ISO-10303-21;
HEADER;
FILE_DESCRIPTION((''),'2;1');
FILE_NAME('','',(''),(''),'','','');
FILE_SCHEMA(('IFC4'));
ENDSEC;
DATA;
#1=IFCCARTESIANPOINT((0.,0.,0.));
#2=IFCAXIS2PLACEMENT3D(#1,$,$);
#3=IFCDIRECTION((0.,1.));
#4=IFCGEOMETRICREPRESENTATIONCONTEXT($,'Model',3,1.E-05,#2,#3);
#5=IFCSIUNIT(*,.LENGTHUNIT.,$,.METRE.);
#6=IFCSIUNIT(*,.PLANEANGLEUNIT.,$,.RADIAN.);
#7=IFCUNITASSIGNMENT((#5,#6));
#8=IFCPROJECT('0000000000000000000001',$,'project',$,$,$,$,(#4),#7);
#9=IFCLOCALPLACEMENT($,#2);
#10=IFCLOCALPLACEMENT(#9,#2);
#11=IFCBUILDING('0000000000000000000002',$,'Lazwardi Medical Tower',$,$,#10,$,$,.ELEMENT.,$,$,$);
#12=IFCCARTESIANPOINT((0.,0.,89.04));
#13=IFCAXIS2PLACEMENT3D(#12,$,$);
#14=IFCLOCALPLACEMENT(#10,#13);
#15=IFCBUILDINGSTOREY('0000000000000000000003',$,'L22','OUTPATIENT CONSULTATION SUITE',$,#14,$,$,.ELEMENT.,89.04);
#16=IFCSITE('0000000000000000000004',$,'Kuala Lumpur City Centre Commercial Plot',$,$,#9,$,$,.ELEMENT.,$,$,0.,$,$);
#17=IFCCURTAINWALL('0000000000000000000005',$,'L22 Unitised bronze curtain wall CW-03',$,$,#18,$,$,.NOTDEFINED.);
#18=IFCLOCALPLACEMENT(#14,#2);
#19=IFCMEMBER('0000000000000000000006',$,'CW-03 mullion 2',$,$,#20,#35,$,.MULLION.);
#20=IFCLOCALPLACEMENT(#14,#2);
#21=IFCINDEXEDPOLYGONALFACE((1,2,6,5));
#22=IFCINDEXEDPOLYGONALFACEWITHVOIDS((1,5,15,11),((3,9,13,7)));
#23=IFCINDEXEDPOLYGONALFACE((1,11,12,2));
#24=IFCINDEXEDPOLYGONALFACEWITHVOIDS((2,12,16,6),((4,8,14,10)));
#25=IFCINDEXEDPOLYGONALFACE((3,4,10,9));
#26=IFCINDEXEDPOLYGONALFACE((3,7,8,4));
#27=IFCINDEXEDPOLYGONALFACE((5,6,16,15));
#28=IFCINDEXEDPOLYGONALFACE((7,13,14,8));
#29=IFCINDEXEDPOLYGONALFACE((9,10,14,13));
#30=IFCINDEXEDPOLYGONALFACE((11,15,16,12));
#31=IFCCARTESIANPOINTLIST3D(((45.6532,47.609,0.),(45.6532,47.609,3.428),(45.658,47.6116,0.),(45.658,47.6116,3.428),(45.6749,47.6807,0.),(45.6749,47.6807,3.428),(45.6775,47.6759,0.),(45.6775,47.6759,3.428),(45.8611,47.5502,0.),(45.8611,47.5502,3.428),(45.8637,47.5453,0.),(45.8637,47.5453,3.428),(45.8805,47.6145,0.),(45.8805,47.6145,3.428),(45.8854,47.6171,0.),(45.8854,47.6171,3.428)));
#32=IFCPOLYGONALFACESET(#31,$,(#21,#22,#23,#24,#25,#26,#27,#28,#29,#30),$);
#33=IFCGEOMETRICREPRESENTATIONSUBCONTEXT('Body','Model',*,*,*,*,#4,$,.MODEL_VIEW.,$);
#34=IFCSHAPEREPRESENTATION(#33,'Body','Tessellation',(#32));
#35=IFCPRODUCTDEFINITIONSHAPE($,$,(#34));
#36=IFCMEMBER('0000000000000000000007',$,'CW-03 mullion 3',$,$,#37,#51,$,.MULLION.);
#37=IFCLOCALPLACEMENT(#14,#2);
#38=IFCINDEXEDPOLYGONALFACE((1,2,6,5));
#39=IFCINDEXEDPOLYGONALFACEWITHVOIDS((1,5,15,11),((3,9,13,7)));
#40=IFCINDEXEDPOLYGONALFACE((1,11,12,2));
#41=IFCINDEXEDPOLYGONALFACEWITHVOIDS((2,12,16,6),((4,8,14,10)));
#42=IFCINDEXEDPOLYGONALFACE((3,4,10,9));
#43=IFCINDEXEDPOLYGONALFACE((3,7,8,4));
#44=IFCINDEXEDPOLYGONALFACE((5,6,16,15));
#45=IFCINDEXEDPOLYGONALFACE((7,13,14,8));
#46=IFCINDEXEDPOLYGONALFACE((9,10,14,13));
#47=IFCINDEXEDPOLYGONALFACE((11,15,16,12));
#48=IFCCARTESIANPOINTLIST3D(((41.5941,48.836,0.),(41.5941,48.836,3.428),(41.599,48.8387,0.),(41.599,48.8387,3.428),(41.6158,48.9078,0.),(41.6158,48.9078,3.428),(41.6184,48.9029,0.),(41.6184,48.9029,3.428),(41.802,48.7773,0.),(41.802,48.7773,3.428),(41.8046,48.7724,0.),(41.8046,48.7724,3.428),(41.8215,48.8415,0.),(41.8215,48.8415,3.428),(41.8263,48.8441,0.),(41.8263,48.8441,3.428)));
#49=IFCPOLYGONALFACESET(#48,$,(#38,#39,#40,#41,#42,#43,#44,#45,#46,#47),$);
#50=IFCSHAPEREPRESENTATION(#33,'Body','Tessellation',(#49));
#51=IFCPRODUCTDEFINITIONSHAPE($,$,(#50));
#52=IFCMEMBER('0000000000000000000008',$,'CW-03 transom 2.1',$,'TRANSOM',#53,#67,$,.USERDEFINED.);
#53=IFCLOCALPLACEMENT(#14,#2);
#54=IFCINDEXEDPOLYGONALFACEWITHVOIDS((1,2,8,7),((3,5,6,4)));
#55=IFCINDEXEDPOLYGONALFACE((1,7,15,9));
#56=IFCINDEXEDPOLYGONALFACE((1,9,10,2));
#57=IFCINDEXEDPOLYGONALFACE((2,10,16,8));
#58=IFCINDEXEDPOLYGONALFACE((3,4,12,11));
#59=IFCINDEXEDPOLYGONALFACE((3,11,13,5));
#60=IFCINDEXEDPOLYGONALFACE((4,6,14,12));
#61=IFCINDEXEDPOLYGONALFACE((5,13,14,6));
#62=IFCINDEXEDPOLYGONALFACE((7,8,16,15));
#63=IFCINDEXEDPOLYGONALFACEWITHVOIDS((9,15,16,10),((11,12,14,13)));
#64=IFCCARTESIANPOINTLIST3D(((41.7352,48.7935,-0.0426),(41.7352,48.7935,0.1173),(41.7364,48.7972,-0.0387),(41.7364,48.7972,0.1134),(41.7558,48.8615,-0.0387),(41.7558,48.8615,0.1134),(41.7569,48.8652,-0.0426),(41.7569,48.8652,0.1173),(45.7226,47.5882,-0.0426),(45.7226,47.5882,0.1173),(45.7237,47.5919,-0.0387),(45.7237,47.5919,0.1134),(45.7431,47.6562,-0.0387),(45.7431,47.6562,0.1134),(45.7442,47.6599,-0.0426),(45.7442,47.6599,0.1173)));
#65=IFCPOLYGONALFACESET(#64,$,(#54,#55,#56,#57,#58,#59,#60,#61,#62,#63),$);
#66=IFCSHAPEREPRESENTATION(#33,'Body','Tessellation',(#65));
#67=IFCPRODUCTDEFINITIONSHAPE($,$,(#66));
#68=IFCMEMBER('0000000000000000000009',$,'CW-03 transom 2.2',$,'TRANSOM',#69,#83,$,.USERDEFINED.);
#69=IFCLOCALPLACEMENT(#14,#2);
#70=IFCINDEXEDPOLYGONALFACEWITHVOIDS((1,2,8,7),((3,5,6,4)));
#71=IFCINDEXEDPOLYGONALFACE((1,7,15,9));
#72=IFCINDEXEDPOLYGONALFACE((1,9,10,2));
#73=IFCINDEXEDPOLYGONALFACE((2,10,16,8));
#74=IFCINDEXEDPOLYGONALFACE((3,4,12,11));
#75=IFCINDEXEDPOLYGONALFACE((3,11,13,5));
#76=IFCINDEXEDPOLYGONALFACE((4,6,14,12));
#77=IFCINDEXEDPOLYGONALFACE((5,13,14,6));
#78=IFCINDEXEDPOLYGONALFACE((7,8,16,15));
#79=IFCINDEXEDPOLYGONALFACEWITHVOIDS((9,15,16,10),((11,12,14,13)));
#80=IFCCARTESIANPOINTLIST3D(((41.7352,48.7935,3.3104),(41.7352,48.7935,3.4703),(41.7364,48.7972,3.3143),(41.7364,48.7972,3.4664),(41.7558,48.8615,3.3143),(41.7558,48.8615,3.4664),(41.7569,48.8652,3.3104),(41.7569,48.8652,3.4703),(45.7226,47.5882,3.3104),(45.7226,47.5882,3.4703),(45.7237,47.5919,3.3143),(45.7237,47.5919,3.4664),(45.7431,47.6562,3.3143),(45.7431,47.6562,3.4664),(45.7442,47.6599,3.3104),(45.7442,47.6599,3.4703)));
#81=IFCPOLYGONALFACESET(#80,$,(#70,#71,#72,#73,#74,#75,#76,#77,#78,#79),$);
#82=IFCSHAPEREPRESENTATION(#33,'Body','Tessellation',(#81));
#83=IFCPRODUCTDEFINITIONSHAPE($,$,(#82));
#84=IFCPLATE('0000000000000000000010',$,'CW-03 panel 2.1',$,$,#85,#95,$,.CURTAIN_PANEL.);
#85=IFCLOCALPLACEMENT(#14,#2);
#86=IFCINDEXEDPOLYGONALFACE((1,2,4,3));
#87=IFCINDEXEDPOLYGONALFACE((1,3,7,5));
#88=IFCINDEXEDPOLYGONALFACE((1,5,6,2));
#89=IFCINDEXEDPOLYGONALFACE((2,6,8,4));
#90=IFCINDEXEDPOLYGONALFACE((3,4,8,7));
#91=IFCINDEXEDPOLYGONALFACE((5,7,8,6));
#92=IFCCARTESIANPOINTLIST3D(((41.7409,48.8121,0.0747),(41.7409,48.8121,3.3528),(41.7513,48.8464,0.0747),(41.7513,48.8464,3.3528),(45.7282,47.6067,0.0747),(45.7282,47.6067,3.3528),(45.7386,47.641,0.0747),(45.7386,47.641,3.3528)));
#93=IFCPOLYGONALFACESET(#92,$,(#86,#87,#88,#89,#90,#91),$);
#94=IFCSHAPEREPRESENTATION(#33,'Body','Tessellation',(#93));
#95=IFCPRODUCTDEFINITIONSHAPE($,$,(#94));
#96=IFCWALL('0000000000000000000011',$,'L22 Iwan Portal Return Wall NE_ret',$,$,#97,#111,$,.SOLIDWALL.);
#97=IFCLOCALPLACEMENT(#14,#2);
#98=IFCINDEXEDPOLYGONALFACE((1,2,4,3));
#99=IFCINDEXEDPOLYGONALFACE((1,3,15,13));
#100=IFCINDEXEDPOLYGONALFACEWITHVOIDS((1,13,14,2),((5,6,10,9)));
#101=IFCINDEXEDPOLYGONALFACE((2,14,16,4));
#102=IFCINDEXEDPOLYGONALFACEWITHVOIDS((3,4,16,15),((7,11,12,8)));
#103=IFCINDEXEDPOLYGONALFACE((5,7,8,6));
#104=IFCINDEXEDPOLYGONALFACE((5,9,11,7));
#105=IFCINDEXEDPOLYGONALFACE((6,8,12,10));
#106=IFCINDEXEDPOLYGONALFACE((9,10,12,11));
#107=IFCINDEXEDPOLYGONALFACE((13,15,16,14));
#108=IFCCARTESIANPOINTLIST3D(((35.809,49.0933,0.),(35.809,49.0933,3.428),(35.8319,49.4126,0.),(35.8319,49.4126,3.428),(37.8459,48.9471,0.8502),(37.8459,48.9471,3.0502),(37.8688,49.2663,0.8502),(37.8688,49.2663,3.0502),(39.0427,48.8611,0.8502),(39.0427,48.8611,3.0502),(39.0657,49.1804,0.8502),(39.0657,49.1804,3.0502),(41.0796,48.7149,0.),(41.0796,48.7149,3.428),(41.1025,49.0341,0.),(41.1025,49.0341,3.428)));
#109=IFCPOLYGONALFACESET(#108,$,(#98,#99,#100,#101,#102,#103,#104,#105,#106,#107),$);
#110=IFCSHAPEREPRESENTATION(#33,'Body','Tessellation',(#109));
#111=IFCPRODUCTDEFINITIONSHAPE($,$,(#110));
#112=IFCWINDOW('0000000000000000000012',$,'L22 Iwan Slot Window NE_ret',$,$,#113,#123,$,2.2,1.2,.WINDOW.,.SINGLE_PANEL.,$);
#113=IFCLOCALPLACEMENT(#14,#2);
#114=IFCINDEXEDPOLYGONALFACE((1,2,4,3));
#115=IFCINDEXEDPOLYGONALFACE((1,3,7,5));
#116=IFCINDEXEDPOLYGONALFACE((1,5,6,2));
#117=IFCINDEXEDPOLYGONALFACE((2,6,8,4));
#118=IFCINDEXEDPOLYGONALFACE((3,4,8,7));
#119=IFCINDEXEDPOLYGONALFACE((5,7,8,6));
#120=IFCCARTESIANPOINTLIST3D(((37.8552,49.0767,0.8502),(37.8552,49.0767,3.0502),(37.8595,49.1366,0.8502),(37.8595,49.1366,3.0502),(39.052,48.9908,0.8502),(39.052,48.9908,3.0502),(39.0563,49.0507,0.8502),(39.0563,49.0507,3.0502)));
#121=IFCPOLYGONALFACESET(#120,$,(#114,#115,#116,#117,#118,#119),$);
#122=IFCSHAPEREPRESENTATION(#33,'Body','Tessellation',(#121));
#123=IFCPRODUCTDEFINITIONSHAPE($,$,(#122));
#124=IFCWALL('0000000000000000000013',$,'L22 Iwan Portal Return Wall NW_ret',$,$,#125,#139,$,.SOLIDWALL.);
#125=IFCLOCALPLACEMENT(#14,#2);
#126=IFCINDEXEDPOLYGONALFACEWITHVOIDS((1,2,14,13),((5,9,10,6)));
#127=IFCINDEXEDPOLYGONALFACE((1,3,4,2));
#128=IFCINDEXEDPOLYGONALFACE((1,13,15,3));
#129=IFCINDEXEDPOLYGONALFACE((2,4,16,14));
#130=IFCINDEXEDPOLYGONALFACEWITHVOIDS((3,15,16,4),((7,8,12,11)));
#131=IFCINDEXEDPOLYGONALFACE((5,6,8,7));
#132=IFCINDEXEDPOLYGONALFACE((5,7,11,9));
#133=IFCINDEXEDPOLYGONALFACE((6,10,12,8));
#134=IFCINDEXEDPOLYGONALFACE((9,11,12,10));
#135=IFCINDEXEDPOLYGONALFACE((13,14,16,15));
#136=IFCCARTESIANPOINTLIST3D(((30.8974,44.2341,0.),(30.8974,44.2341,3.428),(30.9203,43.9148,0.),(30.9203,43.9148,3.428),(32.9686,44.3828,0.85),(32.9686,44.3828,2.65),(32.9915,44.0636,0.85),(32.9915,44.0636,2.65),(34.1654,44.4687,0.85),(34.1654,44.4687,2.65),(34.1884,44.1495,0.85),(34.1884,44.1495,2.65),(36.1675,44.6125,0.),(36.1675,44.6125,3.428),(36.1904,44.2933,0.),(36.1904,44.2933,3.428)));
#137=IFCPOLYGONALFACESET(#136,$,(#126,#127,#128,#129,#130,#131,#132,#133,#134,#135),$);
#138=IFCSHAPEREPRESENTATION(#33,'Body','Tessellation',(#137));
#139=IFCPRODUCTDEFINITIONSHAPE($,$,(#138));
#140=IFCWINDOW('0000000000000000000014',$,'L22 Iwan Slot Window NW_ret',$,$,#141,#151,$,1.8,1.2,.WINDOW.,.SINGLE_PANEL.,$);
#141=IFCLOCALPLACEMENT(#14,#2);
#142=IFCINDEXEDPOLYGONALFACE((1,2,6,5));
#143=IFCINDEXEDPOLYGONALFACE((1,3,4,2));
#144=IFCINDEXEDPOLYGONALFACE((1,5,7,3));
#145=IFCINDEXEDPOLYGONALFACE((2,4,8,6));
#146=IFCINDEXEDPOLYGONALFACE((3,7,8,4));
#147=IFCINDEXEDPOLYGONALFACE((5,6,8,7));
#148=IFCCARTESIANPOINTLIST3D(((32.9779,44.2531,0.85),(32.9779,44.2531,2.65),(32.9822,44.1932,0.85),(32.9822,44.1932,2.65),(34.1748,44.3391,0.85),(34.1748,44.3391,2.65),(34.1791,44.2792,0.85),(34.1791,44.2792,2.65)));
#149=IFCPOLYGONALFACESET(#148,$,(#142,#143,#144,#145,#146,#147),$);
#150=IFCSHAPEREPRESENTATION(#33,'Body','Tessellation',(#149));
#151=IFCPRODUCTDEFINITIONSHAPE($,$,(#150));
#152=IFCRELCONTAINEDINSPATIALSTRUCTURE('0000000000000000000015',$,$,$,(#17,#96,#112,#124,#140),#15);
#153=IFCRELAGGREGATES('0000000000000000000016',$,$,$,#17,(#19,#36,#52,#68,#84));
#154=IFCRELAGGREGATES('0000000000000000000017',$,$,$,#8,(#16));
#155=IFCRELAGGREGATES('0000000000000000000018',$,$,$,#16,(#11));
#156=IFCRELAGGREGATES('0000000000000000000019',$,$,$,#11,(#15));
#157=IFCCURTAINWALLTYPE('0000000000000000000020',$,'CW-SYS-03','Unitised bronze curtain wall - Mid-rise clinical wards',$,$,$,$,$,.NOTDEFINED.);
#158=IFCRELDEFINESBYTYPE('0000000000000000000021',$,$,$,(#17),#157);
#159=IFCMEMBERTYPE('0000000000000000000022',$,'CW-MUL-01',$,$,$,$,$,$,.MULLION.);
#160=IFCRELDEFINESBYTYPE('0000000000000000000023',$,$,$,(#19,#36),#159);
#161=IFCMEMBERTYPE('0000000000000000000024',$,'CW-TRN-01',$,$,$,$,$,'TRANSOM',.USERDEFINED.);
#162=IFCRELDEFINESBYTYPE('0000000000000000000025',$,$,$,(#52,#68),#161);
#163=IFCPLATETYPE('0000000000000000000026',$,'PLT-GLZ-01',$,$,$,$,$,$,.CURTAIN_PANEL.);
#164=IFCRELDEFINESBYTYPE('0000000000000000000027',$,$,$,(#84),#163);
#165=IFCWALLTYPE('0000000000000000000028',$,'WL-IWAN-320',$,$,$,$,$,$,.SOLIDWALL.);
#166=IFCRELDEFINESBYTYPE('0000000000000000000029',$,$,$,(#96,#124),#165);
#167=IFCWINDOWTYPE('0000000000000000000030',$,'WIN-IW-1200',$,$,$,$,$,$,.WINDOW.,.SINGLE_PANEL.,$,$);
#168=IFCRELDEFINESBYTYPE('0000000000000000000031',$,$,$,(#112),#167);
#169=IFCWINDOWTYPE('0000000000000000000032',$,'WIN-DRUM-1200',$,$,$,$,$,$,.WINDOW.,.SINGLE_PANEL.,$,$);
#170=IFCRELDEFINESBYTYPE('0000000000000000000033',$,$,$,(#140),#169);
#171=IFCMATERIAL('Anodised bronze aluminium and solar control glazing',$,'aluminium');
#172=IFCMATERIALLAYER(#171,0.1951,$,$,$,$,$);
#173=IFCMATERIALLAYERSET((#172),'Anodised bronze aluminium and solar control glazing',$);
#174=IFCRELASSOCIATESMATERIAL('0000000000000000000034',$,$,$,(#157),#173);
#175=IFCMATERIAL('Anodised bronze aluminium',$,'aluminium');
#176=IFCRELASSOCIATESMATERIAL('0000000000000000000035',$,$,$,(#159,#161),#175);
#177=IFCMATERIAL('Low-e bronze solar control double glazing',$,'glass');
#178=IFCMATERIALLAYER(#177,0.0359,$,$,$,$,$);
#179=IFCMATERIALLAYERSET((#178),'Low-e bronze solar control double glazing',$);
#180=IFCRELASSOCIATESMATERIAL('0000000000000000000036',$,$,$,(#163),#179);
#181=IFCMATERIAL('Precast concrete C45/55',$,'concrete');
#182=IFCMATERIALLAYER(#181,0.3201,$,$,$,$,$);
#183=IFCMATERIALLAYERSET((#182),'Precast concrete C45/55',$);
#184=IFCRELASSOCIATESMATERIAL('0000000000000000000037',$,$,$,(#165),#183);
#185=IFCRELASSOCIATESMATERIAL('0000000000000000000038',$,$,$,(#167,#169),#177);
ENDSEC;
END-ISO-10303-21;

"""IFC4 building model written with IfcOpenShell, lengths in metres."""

from ifc_helpers import new_model, si_unit, direction, frame, frame_2d, origin, origin_2d, place, context, subcontext, project, spatial, rectangle, hollow_rectangle, extrude, material, layer, layer_set, material_profile, profile_set, type_object, element, fill, aggregate, save


model = new_model("IFC4")

# Units and contexts
model_context = context("Model", 3, precision=1e-05, world=origin(), true_north=direction((0.0, 1.0)))
body_context = subcontext(model_context, "Body", "Model", "MODEL_VIEW")
ifc_project = project(units=[si_unit("LENGTHUNIT", "METRE"), si_unit("PLANEANGLEUNIT", "RADIAN")], contexts=[model_context])

# Site, building, storey
site_placement = place(None, origin())
site = spatial("IfcSite", under=ifc_project, at=site_placement, Name="Kuala Lumpur City Centre Commercial Plot", CompositionType="ELEMENT", RefElevation=0.0)
building_placement = place(site_placement, origin())
building = spatial("IfcBuilding", under=site, at=building_placement, Name="Lazwardi Medical Tower", CompositionType="ELEMENT")
storey_placement = place(building_placement, frame((0.0, 0.0, 89.04)))
storey = spatial("IfcBuildingStorey", under=building, at=storey_placement, Name="L22", Description="OUTPATIENT CONSULTATION SUITE", CompositionType="ELEMENT", Elevation=89.04)

# Curtain wall, members, plate
ifc_material_1 = material(Name="Anodised bronze aluminium and solar control glazing", Category="aluminium")
ifc_layer_1 = layer(ifc_material_1, 0.1951)
ifc_layer_set_1 = layer_set([ifc_layer_1], Name="Anodised bronze aluminium and solar control glazing")
curtain_wall_type = type_object("IfcCurtainWallType", Name="CW-SYS-03", Description="Unitised bronze curtain wall - Mid-rise clinical wards", PredefinedType="NOTDEFINED", material=ifc_layer_set_1)
curtain_wall_placement = place(storey_placement, origin())
curtain_wall = element("IfcCurtainWall", 1, at=curtain_wall_placement, inside=storey, type_object=curtain_wall_type, Name="L22 Unitised bronze curtain wall CW-03", PredefinedType="NOTDEFINED")
ifc_material_2 = material(Name="Anodised bronze aluminium", Category="aluminium")
ifc_material_profile_1 = material_profile(ifc_material_2, hollow_rectangle(XDim=0.075, YDim=0.22, WallThickness=0.0039, at=origin_2d()), Name="ALU-MULLION 220x75x4")
ifc_profile_set_1 = profile_set([ifc_material_profile_1], Name="Anodised bronze aluminium")
member_type_1 = type_object("IfcMemberType", Name="CW-MUL-01", PredefinedType="MULLION", material=ifc_profile_set_1)
member_1_placement = place(storey_placement, frame((45.7693, 47.613, 0.0), z_axis=(0.0, 0.0, 1.0), x_axis=(-0.289374, -0.957216, 0.0)))
member_1 = element("IfcMember", 2, at=member_1_placement, type_object=member_type_1, Name="CW-03 mullion 2", PredefinedType="MULLION", context=body_context, shape_type="SweptSolid", body=[
    extrude(hollow_rectangle(XDim=0.075, YDim=0.22, WallThickness=0.0039, at=origin_2d()), origin(), (0.0, 0.0, 1.0), 3.428),
])
member_2_placement = place(storey_placement, frame((41.7102, 48.8401, 0.0), z_axis=(0.0, 0.0, 1.0), x_axis=(-0.289374, -0.957216, 0.0)))
member_2 = element("IfcMember", 3, at=member_2_placement, type_object=member_type_1, Name="CW-03 mullion 3", PredefinedType="MULLION", context=body_context, shape_type="SweptSolid", body=[
    extrude(hollow_rectangle(XDim=0.075, YDim=0.22, WallThickness=0.0039, at=origin_2d()), origin(), (0.0, 0.0, 1.0), 3.428),
])
ifc_material_profile_2 = material_profile(ifc_material_2, hollow_rectangle(XDim=0.075, YDim=0.1599, WallThickness=0.0039, at=origin_2d()), Name="ALU-TRANSOM 160x75x4")
ifc_profile_set_2 = profile_set([ifc_material_profile_2], Name="Anodised bronze aluminium")
member_type_2 = type_object("IfcMemberType", Name="CW-TRN-01", ElementType="TRANSOM", PredefinedType="USERDEFINED", material=ifc_profile_set_2)
member_3_placement = place(storey_placement, frame((45.7334, 47.624, 0.0374), z_axis=(-0.957221, 0.289358, 0.0), x_axis=(-0.289358, -0.957221, 0.0)))
member_3 = element("IfcMember", 4, at=member_3_placement, type_object=member_type_2, Name="CW-03 transom 2.1", ObjectType="TRANSOM", PredefinedType="USERDEFINED", context=body_context, shape_type="SweptSolid", body=[
    extrude(hollow_rectangle(XDim=0.075, YDim=0.1599, WallThickness=0.0039, at=origin_2d()), origin(), (0.0, 0.0, 1.0), 4.1655),
])
member_4_placement = place(storey_placement, frame((45.7334, 47.624, 3.3904), z_axis=(-0.957221, 0.289358, 0.0), x_axis=(-0.289358, -0.957221, 0.0)))
member_4 = element("IfcMember", 5, at=member_4_placement, type_object=member_type_2, Name="CW-03 transom 2.2", ObjectType="TRANSOM", PredefinedType="USERDEFINED", context=body_context, shape_type="SweptSolid", body=[
    extrude(hollow_rectangle(XDim=0.075, YDim=0.1599, WallThickness=0.0039, at=origin_2d()), origin(), (0.0, 0.0, 1.0), 4.1655),
])
ifc_material_3 = material(Name="Low-e bronze solar control double glazing", Category="glass")
ifc_layer_2 = layer(ifc_material_3, 0.0359)
ifc_layer_set_2 = layer_set([ifc_layer_2], Name="Low-e bronze solar control double glazing")
plate_type = type_object("IfcPlateType", Name="PLT-GLZ-01", PredefinedType="CURTAIN_PANEL", material=ifc_layer_set_2)
plate_placement = place(storey_placement, frame((43.7397, 48.2266, 0.0747), z_axis=(0.0, 0.0, 1.0), x_axis=(-0.957216, 0.289374, 0.0)))
plate = element("IfcPlate", 6, at=plate_placement, type_object=plate_type, Name="CW-03 panel 2.1", PredefinedType="CURTAIN_PANEL", context=body_context, shape_type="SweptSolid", body=[
    extrude(rectangle(XDim=4.1655, YDim=0.0359, at=origin_2d()), origin(), (0.0, 0.0, 1.0), 3.2781),
])
aggregate(curtain_wall, [member_1, member_2, member_3, member_4, plate])

# Walls, openings, windows
ifc_material_4 = material(Name="Precast concrete C45/55", Category="concrete")
ifc_layer_3 = layer(ifc_material_4, 0.3201)
ifc_layer_set_3 = layer_set([ifc_layer_3], Name="Precast concrete C45/55")
wall_type_1 = type_object("IfcWallType", Name="WL-IWAN-320", PredefinedType="SOLIDWALL", material=ifc_layer_set_3)
wall_1_placement = place(storey_placement, frame((41.0911, 48.8745, 0.0), z_axis=(0.0, 0.0, 1.0), x_axis=(-0.997432, 0.071615, 0.0)))
wall_1 = element("IfcWall", 7, at=wall_1_placement, inside=storey, type_object=wall_type_1, Name="L22 Iwan Portal Return Wall NE_ret", PredefinedType="SOLIDWALL", context=body_context, shape_type="SweptSolid", body=[
    extrude(rectangle(XDim=5.2842, YDim=0.3201, at=frame_2d((2.6421, 0.0))), origin(), (0.0, 0.0, 1.0), 3.428),
])
opening_1_placement = place(wall_1_placement, frame((2.042, 0.0, 0.8501)))
opening_1 = element("IfcOpeningElement", 8, at=opening_1_placement, cuts=wall_1, PredefinedType="OPENING", context=body_context, shape_type="SweptSolid", body=[
    extrude(rectangle(XDim=1.2, YDim=2.2, at=frame_2d((0.6001, 1.1001))), frame((0.0, 0.1699, 0.0), z_axis=(0.0, -1.0, 0.0), x_axis=(1.0, 0.0, 0.0)), (0.0, 0.0, 1.0), 0.3401),
])
window_type_1 = type_object("IfcWindowType", Name="WIN-IW-1200", PartitioningType="SINGLE_PANEL", PredefinedType="WINDOW", material=ifc_material_3)
window_1_placement = place(opening_1_placement, origin())
window_1 = element("IfcWindow", 9, at=window_1_placement, inside=storey, type_object=window_type_1, Name="L22 Iwan Slot Window NE_ret", OverallHeight=2.2, OverallWidth=1.2, PartitioningType="SINGLE_PANEL", PredefinedType="WINDOW", context=body_context, shape_type="SweptSolid", body=[
    extrude(rectangle(XDim=1.2, YDim=2.2, at=frame_2d((0.6001, 1.1001))), frame((0.0, 0.03, 0.0), z_axis=(0.0, -1.0, 0.0), x_axis=(1.0, 0.0, 0.0)), (0.0, 0.0, 1.0), 0.0601),
])
fill(opening_1, window_1)
wall_2_placement = place(storey_placement, frame((36.179, 44.4529, 0.0), z_axis=(0.0, 0.0, 1.0), x_axis=(-0.997432, -0.071621, 0.0)))
wall_2 = element("IfcWall", 10, at=wall_2_placement, inside=storey, type_object=wall_type_1, Name="L22 Iwan Portal Return Wall NW_ret", PredefinedType="SOLIDWALL", context=body_context, shape_type="SweptSolid", body=[
    extrude(rectangle(XDim=5.2837, YDim=0.3201, at=frame_2d((2.6418, 0.0))), origin(), (0.0, 0.0, 1.0), 3.428),
])
opening_2_placement = place(wall_2_placement, frame((2.0071, 0.0, 0.8501)))
opening_2 = element("IfcOpeningElement", 11, at=opening_2_placement, cuts=wall_2, PredefinedType="OPENING", context=body_context, shape_type="SweptSolid", body=[
    extrude(rectangle(XDim=1.2, YDim=1.8, at=frame_2d((0.6001, 0.8999))), frame((0.0, 0.1699, 0.0), z_axis=(0.0, -1.0, 0.0), x_axis=(1.0, 0.0, 0.0)), (0.0, 0.0, 1.0), 0.3401),
])
window_type_2 = type_object("IfcWindowType", Name="WIN-DRUM-1200", PartitioningType="SINGLE_PANEL", PredefinedType="WINDOW", material=ifc_material_3)
window_2_placement = place(opening_2_placement, origin())
window_2 = element("IfcWindow", 12, at=window_2_placement, inside=storey, type_object=window_type_2, Name="L22 Iwan Slot Window NW_ret", OverallHeight=1.8, OverallWidth=1.2, PartitioningType="SINGLE_PANEL", PredefinedType="WINDOW", context=body_context, shape_type="SweptSolid", body=[
    extrude(rectangle(XDim=1.2, YDim=1.8, at=frame_2d((0.6001, 0.8999))), frame((0.0, 0.03, 0.0), z_axis=(0.0, -1.0, 0.0), x_axis=(1.0, 0.0, 0.0)), (0.0, 0.0, 1.0), 0.0601),
])
fill(opening_2, window_2)

save(model, "model.ifc")
